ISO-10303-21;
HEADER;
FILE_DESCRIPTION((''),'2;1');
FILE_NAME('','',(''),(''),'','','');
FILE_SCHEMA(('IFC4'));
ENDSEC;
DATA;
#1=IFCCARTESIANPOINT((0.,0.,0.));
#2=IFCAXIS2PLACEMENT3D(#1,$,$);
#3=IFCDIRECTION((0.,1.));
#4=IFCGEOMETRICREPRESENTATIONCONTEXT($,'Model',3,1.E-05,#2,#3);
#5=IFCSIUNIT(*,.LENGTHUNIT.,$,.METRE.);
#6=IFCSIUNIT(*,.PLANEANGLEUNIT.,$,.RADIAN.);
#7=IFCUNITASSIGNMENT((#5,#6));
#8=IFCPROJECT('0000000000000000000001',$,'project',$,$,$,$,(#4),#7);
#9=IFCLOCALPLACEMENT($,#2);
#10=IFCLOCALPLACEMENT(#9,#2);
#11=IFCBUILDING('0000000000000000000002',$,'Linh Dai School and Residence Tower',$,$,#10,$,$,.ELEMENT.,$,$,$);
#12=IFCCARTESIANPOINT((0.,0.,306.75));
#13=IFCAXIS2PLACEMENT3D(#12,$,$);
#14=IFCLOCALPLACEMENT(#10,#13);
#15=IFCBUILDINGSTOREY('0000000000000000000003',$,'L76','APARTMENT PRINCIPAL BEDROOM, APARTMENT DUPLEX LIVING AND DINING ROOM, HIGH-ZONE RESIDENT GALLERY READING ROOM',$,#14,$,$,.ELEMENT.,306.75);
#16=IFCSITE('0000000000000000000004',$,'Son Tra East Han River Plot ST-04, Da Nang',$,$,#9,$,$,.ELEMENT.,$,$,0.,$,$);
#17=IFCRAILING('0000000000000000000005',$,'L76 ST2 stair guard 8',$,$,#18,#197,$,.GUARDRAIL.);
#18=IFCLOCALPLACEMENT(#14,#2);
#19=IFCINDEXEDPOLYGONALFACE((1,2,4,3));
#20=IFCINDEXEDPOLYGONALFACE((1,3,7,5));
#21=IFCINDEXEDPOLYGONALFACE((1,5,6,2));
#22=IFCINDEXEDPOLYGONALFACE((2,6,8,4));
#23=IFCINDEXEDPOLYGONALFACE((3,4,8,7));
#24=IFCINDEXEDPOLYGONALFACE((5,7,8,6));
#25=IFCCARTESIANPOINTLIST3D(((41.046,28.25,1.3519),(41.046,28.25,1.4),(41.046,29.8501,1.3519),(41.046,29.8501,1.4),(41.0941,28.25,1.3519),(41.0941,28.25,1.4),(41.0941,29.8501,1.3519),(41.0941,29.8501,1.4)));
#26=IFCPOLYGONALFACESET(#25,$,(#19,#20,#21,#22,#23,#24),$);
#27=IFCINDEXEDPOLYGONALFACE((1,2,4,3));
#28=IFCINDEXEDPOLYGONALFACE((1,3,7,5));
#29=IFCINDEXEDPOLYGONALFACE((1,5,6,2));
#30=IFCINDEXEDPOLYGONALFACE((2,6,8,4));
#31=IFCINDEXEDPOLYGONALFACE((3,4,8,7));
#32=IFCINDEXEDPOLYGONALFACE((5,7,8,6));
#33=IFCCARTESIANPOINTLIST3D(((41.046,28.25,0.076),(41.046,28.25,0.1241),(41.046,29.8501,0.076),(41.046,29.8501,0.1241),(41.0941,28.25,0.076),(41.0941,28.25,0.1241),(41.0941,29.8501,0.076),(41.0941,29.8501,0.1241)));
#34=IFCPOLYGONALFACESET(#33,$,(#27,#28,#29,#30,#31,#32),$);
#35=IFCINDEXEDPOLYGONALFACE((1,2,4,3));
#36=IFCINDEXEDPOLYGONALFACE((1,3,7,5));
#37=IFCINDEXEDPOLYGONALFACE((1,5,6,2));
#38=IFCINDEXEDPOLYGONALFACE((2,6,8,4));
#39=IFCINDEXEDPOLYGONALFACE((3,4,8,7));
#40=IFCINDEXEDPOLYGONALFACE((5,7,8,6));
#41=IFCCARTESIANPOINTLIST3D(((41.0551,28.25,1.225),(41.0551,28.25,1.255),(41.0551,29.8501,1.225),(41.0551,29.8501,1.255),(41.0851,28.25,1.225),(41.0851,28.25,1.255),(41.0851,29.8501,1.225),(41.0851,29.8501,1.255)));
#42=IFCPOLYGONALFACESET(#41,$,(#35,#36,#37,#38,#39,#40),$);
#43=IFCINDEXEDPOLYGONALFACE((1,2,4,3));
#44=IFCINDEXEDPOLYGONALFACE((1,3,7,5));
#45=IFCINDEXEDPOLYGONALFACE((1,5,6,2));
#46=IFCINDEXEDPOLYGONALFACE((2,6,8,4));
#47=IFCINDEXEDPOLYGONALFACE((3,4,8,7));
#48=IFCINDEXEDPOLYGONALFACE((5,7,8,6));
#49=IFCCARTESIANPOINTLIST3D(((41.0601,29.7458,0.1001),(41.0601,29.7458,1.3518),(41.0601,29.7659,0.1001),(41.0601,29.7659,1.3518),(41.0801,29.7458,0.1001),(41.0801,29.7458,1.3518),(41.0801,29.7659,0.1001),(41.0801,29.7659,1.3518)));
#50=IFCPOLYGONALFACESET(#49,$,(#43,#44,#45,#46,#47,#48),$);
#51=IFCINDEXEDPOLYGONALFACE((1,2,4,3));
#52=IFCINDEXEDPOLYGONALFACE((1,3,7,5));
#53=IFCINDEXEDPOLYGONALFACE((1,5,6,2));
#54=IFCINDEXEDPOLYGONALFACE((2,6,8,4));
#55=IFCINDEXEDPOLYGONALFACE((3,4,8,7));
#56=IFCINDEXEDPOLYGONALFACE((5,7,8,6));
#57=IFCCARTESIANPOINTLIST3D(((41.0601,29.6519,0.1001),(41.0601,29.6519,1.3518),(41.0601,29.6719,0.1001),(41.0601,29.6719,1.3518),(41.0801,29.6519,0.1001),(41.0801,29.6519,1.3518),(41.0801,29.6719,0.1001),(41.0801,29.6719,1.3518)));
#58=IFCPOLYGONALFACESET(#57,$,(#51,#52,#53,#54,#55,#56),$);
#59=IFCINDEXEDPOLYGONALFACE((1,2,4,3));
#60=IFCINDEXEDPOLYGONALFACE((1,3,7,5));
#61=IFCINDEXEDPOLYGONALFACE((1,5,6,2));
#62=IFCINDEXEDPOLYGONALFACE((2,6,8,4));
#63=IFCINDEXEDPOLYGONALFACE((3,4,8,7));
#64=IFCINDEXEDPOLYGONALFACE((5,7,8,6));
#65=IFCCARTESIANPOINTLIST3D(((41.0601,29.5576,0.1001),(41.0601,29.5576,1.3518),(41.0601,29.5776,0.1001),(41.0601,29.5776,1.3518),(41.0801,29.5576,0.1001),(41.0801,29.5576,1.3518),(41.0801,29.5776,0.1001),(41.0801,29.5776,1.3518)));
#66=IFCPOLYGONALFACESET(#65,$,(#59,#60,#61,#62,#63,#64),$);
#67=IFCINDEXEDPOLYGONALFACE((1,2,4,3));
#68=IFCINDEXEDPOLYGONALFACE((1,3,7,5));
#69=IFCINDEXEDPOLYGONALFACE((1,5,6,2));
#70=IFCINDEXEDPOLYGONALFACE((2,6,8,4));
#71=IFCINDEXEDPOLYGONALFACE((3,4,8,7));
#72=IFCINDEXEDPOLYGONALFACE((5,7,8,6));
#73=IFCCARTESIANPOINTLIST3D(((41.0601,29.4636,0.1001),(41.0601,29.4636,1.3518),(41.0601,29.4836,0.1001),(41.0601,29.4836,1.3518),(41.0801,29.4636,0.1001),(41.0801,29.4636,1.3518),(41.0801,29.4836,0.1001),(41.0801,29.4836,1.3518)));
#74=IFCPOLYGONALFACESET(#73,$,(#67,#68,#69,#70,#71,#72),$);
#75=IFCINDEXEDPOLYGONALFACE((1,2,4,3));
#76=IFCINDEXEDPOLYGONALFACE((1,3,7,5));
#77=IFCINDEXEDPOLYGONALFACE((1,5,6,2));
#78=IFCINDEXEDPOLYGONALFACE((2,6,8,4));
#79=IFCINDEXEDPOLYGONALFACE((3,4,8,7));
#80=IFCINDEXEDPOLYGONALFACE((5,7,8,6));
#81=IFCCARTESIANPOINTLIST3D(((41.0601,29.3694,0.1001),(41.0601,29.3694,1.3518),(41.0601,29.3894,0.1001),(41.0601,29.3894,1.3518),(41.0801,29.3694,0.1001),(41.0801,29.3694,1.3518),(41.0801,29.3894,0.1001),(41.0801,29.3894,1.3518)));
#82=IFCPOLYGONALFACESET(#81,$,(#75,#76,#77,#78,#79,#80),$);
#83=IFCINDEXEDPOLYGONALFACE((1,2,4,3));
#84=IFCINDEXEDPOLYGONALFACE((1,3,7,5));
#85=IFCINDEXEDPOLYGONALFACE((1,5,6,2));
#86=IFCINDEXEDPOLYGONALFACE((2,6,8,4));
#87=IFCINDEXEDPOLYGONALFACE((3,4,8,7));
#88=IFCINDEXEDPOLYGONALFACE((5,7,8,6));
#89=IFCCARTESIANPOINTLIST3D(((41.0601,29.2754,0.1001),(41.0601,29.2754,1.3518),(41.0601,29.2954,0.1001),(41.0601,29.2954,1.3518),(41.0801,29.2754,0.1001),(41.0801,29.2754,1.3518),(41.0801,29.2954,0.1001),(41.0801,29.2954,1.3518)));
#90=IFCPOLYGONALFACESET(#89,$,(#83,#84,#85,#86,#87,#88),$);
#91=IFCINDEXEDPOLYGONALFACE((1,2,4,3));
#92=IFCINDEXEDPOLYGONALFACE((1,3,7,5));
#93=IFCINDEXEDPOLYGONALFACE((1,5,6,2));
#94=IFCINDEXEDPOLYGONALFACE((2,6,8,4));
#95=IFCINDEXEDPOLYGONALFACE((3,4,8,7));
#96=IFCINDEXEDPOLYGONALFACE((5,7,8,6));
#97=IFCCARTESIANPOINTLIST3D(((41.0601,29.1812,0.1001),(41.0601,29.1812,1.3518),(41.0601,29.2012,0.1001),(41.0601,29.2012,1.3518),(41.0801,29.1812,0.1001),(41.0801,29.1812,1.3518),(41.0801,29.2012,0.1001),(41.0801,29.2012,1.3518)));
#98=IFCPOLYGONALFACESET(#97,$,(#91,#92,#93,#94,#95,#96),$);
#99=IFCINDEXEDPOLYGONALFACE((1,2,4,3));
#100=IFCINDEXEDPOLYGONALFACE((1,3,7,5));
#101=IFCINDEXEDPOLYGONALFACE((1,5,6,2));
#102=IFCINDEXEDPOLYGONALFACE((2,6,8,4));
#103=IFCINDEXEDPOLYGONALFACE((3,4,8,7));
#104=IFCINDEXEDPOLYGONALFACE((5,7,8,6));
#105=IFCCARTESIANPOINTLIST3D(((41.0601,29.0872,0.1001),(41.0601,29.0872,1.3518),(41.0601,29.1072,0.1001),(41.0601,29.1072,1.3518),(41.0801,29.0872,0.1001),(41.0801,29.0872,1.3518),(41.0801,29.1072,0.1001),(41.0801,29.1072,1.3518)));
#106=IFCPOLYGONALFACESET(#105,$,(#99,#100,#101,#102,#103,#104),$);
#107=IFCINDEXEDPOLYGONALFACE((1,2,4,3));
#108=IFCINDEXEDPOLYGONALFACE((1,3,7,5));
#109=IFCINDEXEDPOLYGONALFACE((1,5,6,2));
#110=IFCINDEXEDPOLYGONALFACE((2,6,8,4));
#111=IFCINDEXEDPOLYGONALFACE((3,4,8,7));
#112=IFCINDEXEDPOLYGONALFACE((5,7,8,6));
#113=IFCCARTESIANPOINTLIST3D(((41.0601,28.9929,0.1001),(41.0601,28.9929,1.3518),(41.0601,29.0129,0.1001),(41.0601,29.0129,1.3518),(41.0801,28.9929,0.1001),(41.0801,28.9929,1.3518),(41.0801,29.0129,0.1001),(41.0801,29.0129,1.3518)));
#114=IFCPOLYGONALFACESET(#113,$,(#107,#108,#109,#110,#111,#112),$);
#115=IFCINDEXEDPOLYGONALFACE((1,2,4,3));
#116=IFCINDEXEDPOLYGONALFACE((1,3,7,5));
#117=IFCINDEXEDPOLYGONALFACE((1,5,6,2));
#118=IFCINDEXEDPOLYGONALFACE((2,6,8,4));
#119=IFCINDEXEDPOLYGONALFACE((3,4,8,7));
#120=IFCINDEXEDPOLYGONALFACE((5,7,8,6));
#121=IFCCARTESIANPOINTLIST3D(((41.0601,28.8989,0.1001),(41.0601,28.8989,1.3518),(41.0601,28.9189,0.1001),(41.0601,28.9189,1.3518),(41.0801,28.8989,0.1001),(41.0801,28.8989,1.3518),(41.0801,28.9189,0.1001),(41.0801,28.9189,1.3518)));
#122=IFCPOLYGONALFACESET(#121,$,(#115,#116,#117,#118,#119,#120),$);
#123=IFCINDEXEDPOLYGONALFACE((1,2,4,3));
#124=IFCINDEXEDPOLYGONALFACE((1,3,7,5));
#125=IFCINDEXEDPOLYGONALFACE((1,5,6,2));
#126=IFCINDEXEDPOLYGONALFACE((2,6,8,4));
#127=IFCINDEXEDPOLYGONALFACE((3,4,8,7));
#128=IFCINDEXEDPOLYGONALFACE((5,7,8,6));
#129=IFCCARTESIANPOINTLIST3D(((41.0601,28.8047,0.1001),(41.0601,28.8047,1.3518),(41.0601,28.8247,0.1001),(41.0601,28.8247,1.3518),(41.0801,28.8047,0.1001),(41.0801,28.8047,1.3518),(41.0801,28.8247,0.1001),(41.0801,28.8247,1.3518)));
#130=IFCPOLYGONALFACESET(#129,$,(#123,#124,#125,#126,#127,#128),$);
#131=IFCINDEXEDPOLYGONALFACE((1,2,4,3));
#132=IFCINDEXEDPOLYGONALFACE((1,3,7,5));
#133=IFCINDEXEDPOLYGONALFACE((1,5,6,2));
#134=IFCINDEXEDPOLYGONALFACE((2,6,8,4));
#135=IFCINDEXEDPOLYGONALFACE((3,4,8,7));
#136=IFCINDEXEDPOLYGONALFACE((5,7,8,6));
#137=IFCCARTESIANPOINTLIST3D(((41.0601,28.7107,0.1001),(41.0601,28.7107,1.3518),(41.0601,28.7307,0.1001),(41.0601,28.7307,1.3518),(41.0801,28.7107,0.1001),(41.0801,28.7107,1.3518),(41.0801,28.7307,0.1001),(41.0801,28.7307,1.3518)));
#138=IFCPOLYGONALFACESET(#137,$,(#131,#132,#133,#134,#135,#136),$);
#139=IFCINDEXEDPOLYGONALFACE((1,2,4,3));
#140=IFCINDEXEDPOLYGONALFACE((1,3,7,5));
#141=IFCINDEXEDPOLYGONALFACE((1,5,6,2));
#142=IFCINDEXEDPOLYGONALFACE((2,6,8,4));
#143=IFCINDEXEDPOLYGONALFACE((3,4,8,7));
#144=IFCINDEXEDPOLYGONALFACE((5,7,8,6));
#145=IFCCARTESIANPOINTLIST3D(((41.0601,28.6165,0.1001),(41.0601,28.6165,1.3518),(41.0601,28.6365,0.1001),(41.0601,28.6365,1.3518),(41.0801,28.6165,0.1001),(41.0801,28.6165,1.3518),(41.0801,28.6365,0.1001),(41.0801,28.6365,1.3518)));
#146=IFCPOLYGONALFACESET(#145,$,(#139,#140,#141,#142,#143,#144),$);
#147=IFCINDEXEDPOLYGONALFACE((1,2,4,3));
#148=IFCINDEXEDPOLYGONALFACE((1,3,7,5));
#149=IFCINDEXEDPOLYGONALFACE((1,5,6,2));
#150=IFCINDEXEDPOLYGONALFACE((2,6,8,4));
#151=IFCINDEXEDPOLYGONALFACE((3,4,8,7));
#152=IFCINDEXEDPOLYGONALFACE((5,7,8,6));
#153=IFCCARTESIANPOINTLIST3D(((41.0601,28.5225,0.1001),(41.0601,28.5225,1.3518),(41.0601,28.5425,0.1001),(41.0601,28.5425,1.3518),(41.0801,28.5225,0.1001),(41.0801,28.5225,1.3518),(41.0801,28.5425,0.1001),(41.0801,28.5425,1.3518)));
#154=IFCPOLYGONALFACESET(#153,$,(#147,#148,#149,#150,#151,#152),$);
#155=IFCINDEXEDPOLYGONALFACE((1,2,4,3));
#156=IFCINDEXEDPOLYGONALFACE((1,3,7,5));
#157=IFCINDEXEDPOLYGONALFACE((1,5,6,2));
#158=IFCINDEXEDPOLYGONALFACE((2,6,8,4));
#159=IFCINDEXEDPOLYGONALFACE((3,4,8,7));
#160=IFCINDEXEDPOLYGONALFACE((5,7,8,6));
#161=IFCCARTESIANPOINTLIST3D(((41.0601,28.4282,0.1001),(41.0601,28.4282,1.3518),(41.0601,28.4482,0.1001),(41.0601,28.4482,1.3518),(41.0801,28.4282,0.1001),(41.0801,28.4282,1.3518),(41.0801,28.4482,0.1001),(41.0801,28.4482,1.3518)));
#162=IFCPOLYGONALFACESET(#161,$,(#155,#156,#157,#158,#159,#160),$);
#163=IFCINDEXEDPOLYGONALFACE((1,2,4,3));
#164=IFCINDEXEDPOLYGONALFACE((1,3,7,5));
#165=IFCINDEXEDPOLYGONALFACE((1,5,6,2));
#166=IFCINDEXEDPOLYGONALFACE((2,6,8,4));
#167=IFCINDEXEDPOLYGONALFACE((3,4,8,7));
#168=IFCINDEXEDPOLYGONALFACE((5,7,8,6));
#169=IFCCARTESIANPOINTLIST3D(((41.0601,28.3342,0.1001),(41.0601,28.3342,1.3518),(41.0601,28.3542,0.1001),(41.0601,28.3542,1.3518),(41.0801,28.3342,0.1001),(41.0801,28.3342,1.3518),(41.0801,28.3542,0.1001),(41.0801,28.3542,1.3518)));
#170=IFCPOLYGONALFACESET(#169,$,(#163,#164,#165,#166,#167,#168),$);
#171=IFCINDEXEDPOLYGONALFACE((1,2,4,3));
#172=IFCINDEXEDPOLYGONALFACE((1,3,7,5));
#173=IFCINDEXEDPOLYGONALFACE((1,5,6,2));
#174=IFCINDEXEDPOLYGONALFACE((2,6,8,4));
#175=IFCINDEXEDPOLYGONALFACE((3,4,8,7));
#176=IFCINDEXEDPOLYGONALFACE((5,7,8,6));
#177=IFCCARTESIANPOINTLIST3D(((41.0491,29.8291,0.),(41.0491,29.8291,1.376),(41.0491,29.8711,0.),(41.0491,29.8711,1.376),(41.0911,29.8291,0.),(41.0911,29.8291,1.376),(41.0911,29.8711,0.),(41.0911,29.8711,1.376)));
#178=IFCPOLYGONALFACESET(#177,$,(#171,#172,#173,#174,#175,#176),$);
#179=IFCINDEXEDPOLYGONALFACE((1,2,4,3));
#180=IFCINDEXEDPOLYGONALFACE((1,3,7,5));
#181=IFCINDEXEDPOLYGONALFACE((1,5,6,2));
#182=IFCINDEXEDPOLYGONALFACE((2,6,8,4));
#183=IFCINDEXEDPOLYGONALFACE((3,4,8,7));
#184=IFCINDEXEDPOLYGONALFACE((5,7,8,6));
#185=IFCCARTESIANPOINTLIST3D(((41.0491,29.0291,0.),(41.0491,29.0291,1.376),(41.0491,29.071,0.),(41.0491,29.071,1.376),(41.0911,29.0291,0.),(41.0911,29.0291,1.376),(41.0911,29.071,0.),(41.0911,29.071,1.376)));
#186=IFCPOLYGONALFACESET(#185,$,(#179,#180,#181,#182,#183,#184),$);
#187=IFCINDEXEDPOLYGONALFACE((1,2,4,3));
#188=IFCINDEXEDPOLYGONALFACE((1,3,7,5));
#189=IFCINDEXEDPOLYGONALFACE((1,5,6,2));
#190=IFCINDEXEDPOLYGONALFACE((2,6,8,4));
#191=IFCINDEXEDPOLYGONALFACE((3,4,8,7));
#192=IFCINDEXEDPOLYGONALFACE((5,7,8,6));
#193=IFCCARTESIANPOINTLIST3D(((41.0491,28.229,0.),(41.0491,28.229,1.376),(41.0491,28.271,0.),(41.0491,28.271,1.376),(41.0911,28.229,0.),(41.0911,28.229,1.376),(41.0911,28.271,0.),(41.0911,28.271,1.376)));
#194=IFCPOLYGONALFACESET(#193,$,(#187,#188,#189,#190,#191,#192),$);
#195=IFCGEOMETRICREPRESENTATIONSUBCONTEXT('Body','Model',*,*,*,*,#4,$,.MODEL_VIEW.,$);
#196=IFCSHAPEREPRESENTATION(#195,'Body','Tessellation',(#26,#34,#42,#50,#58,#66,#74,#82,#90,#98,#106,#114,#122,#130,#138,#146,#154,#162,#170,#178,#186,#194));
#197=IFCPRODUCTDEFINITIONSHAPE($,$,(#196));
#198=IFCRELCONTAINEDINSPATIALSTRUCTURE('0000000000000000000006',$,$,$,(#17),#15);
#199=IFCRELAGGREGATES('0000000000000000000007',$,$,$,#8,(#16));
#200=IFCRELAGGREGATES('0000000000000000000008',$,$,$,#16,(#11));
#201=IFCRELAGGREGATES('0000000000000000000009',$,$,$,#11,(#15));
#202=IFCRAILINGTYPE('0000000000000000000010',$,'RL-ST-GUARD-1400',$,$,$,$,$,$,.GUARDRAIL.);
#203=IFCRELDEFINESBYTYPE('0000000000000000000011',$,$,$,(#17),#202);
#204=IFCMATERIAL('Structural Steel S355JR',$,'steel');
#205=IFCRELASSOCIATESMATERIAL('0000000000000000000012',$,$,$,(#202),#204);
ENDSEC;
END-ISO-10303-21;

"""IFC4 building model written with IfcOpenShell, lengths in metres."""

from ifc_helpers import new_model, si_unit, direction, frame, origin, origin_2d, place, context, subcontext, project, spatial, rectangle, extrude, source, transform, mapped, material, type_object, element, save


model = new_model("IFC4")

# Units and contexts
model_context = context("Model", 3, precision=1e-05, world=origin(), true_north=direction((0.0, 1.0)))
body_context = subcontext(model_context, "Body", "Model", "MODEL_VIEW")
ifc_project = project(units=[si_unit("LENGTHUNIT", "METRE"), si_unit("PLANEANGLEUNIT", "RADIAN")], contexts=[model_context])

# Site, building, storey
site_placement = place(None, origin())
site = spatial("IfcSite", under=ifc_project, at=site_placement, Name="Son Tra East Han River Plot ST-04, Da Nang", CompositionType="ELEMENT", RefElevation=0.0)
building_placement = place(site_placement, origin())
building = spatial("IfcBuilding", under=site, at=building_placement, Name="Linh Dai School and Residence Tower", CompositionType="ELEMENT")
storey_placement = place(building_placement, frame((0.0, 0.0, 306.75)))
storey = spatial("IfcBuildingStorey", under=building, at=storey_placement, Name="L76", Description="APARTMENT PRINCIPAL BEDROOM, APARTMENT DUPLEX LIVING AND DINING ROOM, HIGH-ZONE RESIDENT GALLERY READING ROOM", CompositionType="ELEMENT", Elevation=306.75)

# Shared definitions
ifc_material_1 = material(Name="Structural Steel S355JR", Category="steel")

# Railing
railing_type_1 = type_object("IfcRailingType", Name="RL-ST-GUARD-1400", PredefinedType="GUARDRAIL", material=ifc_material_1)
shared_shape_1 = source(origin(), body_context, "Body", "SweptSolid", [
    extrude(rectangle(XDim=0.0481, YDim=0.0481, at=origin_2d()), frame((0.0, 0.0, 1.376), z_axis=(0.0, -1.0, 0.0), x_axis=(1.0, 0.0, 0.0)), (0.0, 0.0, 1.0), 1.6001),
    extrude(rectangle(XDim=0.0481, YDim=0.0481, at=origin_2d()), frame((0.0, 0.0, 0.1001), z_axis=(0.0, -1.0, 0.0), x_axis=(1.0, 0.0, 0.0)), (0.0, 0.0, 1.0), 1.6001),
    extrude(rectangle(XDim=0.03, YDim=0.03, at=origin_2d()), frame((0.0, 0.0, 1.24), z_axis=(0.0, -1.0, 0.0), x_axis=(1.0, 0.0, 0.0)), (0.0, 0.0, 1.0), 1.6001),
    extrude(rectangle(XDim=0.02, YDim=0.02, at=origin_2d()), frame((0.0, -0.0942, 0.1001)), (0.0, 0.0, 1.0), 1.2517),
    extrude(rectangle(XDim=0.02, YDim=0.02, at=origin_2d()), frame((0.0, -0.1882, 0.1001)), (0.0, 0.0, 1.0), 1.2517),
    extrude(rectangle(XDim=0.02, YDim=0.02, at=origin_2d()), frame((0.0, -0.2825, 0.1001)), (0.0, 0.0, 1.0), 1.2517),
    extrude(rectangle(XDim=0.02, YDim=0.02, at=origin_2d()), frame((0.0, -0.3765, 0.1001)), (0.0, 0.0, 1.0), 1.2517),
    extrude(rectangle(XDim=0.02, YDim=0.02, at=origin_2d()), frame((0.0, -0.4707, 0.1001)), (0.0, 0.0, 1.0), 1.2517),
    extrude(rectangle(XDim=0.02, YDim=0.02, at=origin_2d()), frame((0.0, -0.5647, 0.1001)), (0.0, 0.0, 1.0), 1.2517),
    extrude(rectangle(XDim=0.02, YDim=0.02, at=origin_2d()), frame((0.0, -0.6589, 0.1001)), (0.0, 0.0, 1.0), 1.2517),
    extrude(rectangle(XDim=0.02, YDim=0.02, at=origin_2d()), frame((0.0, -0.7529, 0.1001)), (0.0, 0.0, 1.0), 1.2517),
    extrude(rectangle(XDim=0.02, YDim=0.02, at=origin_2d()), frame((0.0, -0.8472, 0.1001)), (0.0, 0.0, 1.0), 1.2517),
    extrude(rectangle(XDim=0.02, YDim=0.02, at=origin_2d()), frame((0.0, -0.9412, 0.1001)), (0.0, 0.0, 1.0), 1.2517),
    extrude(rectangle(XDim=0.02, YDim=0.02, at=origin_2d()), frame((0.0, -1.0354, 0.1001)), (0.0, 0.0, 1.0), 1.2517),
    extrude(rectangle(XDim=0.02, YDim=0.02, at=origin_2d()), frame((0.0, -1.1294, 0.1001)), (0.0, 0.0, 1.0), 1.2517),
    extrude(rectangle(XDim=0.02, YDim=0.02, at=origin_2d()), frame((0.0, -1.2236, 0.1001)), (0.0, 0.0, 1.0), 1.2517),
    extrude(rectangle(XDim=0.02, YDim=0.02, at=origin_2d()), frame((0.0, -1.3176, 0.1001)), (0.0, 0.0, 1.0), 1.2517),
    extrude(rectangle(XDim=0.02, YDim=0.02, at=origin_2d()), frame((0.0, -1.4119, 0.1001)), (0.0, 0.0, 1.0), 1.2517),
    extrude(rectangle(XDim=0.02, YDim=0.02, at=origin_2d()), frame((0.0, -1.5059, 0.1001)), (0.0, 0.0, 1.0), 1.2517),
    extrude(rectangle(XDim=0.042, YDim=0.042, at=origin_2d()), origin(), (0.0, 0.0, 1.0), 1.376),
    extrude(rectangle(XDim=0.042, YDim=0.042, at=origin_2d()), frame((0.0, -0.8, 0.0)), (0.0, 0.0, 1.0), 1.376),
    extrude(rectangle(XDim=0.042, YDim=0.042, at=origin_2d()), frame((0.0, -1.6001, 0.0)), (0.0, 0.0, 1.0), 1.376),
])
for number, where, name in (
    (1, (41.0701, 29.8501, 0.0), "L76 ST2 stair guard 8"),
):
    element("IfcRailing", number, at=place(storey_placement, frame(where)), inside=storey, type_object=railing_type_1, Name=name, PredefinedType="GUARDRAIL", context=body_context, shape_type="MappedRepresentation", body=[
        mapped(shared_shape_1, transform((0.0, 0.0, 0.0), x_axis=(1.0, 0.0, 0.0), y_axis=(0.0, 1.0, 0.0), z_axis=(0.0, 0.0, 1.0), scale=1.0)),
    ])

save(model, "model.ifc")
